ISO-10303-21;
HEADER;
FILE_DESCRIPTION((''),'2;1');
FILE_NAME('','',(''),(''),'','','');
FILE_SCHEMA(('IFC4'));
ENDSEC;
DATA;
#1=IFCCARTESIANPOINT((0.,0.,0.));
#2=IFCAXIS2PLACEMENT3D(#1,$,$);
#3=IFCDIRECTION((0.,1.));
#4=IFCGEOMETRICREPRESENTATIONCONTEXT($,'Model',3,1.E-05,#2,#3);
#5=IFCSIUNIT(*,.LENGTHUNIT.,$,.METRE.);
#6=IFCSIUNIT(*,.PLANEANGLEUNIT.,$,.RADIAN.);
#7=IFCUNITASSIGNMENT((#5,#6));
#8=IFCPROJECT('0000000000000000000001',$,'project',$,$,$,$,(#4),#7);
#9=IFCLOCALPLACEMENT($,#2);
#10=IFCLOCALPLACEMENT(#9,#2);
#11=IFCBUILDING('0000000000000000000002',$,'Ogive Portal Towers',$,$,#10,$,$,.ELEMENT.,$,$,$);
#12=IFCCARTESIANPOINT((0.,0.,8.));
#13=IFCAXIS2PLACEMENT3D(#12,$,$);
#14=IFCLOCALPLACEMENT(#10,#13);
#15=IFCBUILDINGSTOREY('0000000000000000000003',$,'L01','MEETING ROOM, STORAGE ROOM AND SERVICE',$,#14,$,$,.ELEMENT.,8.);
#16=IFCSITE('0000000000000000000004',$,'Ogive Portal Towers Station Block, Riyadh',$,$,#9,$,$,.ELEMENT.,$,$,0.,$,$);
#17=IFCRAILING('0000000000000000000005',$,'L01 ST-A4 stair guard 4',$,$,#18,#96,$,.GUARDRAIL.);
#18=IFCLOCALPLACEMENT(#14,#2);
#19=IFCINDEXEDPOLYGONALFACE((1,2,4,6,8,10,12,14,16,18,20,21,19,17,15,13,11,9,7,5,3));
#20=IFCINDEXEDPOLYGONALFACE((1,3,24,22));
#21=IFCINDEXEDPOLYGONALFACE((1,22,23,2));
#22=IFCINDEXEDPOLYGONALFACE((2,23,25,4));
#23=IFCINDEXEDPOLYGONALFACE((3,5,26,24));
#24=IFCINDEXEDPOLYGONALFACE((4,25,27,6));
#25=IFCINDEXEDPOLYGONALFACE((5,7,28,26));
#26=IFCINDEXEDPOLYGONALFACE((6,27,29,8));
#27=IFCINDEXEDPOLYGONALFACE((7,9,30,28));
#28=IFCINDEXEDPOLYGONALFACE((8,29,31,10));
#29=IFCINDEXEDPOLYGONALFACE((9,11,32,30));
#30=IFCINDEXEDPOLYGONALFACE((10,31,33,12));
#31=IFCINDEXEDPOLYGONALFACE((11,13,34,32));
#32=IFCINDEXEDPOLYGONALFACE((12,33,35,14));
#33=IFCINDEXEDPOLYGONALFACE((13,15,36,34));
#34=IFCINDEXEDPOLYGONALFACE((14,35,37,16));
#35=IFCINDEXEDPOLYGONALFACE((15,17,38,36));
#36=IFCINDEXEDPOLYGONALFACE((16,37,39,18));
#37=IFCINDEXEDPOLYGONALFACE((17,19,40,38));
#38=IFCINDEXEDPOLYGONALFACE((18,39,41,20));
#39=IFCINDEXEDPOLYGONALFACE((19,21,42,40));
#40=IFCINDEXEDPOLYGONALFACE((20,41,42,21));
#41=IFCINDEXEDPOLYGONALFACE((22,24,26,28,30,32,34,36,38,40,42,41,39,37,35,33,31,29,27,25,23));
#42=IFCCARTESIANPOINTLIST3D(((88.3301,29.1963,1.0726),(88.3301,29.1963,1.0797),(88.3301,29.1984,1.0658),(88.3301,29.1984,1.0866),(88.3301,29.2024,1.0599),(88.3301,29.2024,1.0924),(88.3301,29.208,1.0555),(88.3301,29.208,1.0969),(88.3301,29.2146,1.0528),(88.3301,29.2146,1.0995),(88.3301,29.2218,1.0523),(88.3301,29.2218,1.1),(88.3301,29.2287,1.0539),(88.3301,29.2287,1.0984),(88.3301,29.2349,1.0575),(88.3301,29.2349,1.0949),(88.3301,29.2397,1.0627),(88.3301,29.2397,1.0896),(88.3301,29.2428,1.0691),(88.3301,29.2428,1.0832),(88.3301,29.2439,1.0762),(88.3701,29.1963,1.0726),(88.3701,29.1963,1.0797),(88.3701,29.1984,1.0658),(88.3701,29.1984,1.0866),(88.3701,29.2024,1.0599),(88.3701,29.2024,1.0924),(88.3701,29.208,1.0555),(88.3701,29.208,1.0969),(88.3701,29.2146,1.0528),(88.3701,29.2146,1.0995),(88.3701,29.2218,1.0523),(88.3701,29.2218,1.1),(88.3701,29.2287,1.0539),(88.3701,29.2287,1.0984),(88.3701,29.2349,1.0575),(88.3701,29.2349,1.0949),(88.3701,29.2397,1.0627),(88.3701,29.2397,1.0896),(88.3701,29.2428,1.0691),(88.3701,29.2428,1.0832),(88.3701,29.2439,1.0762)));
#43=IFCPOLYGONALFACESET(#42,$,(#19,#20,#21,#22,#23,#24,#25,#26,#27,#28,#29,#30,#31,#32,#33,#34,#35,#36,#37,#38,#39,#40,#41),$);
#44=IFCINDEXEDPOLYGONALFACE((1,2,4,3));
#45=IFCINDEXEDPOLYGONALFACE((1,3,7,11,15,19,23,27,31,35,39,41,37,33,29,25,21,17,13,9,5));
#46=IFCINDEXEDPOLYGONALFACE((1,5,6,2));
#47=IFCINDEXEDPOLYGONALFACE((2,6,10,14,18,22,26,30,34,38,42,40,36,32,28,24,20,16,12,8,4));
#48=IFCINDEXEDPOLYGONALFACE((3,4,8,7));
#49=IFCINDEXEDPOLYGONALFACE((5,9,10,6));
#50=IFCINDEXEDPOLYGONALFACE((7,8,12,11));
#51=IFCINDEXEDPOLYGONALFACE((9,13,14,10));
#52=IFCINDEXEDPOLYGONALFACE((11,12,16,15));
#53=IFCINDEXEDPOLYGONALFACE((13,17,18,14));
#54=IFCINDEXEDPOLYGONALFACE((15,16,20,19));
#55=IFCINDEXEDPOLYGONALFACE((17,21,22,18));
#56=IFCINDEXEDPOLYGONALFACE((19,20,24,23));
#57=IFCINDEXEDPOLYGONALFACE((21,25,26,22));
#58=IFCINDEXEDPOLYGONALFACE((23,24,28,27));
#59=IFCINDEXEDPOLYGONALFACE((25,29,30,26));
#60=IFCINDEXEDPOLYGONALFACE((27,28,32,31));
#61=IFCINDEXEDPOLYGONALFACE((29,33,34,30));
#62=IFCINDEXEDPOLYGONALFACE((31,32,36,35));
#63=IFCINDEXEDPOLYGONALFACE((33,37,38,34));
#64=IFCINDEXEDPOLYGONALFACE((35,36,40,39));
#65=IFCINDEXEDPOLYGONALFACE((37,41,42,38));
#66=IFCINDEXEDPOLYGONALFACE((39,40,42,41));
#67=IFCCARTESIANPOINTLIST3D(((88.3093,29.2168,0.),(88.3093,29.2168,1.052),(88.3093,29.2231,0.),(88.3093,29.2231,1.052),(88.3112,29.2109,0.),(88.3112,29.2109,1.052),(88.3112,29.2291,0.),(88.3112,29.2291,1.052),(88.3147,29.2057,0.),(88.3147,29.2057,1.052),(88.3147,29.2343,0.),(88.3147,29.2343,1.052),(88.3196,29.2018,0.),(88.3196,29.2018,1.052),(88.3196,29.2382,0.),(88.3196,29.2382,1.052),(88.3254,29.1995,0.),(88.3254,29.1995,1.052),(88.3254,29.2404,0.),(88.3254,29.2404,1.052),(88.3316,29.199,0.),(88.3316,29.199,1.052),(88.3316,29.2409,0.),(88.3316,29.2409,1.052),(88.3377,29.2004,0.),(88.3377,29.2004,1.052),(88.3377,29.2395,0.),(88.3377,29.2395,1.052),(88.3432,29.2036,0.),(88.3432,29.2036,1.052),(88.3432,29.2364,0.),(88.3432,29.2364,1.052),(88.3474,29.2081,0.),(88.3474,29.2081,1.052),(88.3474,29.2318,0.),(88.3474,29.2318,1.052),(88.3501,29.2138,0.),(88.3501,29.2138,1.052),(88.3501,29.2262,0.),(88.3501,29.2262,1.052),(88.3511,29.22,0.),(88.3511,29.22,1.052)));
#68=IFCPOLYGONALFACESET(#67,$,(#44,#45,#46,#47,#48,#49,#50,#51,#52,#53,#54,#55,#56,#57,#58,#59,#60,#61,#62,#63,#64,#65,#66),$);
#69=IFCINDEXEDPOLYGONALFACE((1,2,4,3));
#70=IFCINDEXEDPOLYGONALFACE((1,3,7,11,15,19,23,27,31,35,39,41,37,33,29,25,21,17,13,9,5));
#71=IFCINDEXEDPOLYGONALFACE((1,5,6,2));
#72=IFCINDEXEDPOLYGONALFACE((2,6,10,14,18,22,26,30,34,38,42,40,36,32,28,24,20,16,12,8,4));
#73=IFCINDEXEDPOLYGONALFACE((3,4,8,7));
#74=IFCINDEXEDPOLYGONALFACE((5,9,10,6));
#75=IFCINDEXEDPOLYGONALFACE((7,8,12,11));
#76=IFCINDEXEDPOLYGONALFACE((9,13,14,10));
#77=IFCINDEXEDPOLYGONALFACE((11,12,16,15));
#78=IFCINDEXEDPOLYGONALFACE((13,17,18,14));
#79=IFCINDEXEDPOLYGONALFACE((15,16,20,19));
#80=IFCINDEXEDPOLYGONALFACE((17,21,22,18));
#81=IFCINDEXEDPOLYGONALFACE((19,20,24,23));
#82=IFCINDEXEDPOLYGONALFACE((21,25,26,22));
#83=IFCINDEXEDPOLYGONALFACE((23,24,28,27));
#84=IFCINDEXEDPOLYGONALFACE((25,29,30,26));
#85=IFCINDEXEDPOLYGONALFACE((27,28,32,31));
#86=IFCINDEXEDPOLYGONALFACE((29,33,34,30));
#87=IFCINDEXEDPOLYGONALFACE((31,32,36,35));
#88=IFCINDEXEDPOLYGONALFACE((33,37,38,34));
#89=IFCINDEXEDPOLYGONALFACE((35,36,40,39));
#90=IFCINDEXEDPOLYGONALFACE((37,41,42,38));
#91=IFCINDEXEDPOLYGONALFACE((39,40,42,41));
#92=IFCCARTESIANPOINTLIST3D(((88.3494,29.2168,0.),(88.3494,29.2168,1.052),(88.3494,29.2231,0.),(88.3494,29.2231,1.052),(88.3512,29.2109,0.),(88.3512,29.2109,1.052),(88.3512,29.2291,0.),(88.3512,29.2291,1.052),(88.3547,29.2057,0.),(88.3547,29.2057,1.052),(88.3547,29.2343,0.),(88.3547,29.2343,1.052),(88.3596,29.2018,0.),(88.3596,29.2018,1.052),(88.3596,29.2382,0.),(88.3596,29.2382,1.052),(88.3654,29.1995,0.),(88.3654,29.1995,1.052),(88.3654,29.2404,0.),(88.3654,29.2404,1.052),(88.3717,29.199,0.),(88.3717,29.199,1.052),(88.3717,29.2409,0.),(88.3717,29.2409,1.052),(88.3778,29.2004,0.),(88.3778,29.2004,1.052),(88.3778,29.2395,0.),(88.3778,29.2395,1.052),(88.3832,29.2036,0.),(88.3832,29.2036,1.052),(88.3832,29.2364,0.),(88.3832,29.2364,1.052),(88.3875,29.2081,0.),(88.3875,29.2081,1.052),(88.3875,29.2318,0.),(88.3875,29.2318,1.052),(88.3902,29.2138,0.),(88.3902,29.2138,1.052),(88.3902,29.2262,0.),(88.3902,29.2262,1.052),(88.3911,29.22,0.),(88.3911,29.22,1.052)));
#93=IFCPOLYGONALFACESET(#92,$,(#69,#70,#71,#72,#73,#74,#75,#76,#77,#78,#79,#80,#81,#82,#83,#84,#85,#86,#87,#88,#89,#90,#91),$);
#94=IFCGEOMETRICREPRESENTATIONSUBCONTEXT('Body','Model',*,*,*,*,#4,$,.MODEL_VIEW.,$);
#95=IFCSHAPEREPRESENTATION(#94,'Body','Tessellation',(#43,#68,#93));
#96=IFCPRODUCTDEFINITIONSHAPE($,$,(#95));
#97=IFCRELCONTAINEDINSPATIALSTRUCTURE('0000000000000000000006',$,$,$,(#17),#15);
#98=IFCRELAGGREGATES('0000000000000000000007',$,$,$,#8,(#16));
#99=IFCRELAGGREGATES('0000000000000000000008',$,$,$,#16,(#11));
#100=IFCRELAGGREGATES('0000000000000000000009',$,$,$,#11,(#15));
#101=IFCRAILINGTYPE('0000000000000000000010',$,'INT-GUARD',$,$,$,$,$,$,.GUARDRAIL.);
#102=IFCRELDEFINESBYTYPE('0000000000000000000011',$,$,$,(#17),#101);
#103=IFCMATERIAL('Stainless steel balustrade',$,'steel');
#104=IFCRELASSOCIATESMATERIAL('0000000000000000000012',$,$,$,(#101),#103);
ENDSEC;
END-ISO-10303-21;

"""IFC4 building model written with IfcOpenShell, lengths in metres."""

from ifc_helpers import new_model, si_unit, direction, frame, origin, origin_2d, place, context, subcontext, project, spatial, circle, extrude, material, type_object, element, save


model = new_model("IFC4")

# Units and contexts
model_context = context("Model", 3, precision=1e-05, world=origin(), true_north=direction((0.0, 1.0)))
body_context = subcontext(model_context, "Body", "Model", "MODEL_VIEW")
ifc_project = project(units=[si_unit("LENGTHUNIT", "METRE"), si_unit("PLANEANGLEUNIT", "RADIAN")], contexts=[model_context])

# Site, building, storey
site_placement = place(None, origin())
site = spatial("IfcSite", under=ifc_project, at=site_placement, Name="Ogive Portal Towers Station Block, Riyadh", CompositionType="ELEMENT", RefElevation=0.0)
building_placement = place(site_placement, origin())
building = spatial("IfcBuilding", under=site, at=building_placement, Name="Ogive Portal Towers", CompositionType="ELEMENT")
storey_placement = place(building_placement, frame((0.0, 0.0, 8.0)))
storey = spatial("IfcBuildingStorey", under=building, at=storey_placement, Name="L01", Description="MEETING ROOM, STORAGE ROOM AND SERVICE", CompositionType="ELEMENT", Elevation=8.0)

# Railing
ifc_material_1 = material(Name="Stainless steel balustrade", Category="steel")
railing_type_1 = type_object("IfcRailingType", Name="INT-GUARD", PredefinedType="GUARDRAIL", material=ifc_material_1)
railing_1_placement = place(storey_placement, frame((88.3301, 29.22, 0.0)))
element("IfcRailing", 1, at=railing_1_placement, inside=storey, type_object=railing_type_1, Name="L01 ST-A4 stair guard 4", PredefinedType="GUARDRAIL", context=body_context, shape_type="SweptSolid", body=[
    extrude(circle(Radius=0.0239, at=origin_2d()), frame((0.0, 0.0, 1.0762), z_axis=(1.0, 0.0, 0.0), x_axis=(0.0, 1.0, 0.0)), (0.0, 0.0, 1.0), 0.04),
    extrude(circle(Radius=0.021, at=origin_2d()), origin(), (0.0, 0.0, 1.0), 1.052),
    extrude(circle(Radius=0.021, at=origin_2d()), frame((0.04, 0.0, 0.0)), (0.0, 0.0, 1.0), 1.052),
])

save(model, "model.ifc")
